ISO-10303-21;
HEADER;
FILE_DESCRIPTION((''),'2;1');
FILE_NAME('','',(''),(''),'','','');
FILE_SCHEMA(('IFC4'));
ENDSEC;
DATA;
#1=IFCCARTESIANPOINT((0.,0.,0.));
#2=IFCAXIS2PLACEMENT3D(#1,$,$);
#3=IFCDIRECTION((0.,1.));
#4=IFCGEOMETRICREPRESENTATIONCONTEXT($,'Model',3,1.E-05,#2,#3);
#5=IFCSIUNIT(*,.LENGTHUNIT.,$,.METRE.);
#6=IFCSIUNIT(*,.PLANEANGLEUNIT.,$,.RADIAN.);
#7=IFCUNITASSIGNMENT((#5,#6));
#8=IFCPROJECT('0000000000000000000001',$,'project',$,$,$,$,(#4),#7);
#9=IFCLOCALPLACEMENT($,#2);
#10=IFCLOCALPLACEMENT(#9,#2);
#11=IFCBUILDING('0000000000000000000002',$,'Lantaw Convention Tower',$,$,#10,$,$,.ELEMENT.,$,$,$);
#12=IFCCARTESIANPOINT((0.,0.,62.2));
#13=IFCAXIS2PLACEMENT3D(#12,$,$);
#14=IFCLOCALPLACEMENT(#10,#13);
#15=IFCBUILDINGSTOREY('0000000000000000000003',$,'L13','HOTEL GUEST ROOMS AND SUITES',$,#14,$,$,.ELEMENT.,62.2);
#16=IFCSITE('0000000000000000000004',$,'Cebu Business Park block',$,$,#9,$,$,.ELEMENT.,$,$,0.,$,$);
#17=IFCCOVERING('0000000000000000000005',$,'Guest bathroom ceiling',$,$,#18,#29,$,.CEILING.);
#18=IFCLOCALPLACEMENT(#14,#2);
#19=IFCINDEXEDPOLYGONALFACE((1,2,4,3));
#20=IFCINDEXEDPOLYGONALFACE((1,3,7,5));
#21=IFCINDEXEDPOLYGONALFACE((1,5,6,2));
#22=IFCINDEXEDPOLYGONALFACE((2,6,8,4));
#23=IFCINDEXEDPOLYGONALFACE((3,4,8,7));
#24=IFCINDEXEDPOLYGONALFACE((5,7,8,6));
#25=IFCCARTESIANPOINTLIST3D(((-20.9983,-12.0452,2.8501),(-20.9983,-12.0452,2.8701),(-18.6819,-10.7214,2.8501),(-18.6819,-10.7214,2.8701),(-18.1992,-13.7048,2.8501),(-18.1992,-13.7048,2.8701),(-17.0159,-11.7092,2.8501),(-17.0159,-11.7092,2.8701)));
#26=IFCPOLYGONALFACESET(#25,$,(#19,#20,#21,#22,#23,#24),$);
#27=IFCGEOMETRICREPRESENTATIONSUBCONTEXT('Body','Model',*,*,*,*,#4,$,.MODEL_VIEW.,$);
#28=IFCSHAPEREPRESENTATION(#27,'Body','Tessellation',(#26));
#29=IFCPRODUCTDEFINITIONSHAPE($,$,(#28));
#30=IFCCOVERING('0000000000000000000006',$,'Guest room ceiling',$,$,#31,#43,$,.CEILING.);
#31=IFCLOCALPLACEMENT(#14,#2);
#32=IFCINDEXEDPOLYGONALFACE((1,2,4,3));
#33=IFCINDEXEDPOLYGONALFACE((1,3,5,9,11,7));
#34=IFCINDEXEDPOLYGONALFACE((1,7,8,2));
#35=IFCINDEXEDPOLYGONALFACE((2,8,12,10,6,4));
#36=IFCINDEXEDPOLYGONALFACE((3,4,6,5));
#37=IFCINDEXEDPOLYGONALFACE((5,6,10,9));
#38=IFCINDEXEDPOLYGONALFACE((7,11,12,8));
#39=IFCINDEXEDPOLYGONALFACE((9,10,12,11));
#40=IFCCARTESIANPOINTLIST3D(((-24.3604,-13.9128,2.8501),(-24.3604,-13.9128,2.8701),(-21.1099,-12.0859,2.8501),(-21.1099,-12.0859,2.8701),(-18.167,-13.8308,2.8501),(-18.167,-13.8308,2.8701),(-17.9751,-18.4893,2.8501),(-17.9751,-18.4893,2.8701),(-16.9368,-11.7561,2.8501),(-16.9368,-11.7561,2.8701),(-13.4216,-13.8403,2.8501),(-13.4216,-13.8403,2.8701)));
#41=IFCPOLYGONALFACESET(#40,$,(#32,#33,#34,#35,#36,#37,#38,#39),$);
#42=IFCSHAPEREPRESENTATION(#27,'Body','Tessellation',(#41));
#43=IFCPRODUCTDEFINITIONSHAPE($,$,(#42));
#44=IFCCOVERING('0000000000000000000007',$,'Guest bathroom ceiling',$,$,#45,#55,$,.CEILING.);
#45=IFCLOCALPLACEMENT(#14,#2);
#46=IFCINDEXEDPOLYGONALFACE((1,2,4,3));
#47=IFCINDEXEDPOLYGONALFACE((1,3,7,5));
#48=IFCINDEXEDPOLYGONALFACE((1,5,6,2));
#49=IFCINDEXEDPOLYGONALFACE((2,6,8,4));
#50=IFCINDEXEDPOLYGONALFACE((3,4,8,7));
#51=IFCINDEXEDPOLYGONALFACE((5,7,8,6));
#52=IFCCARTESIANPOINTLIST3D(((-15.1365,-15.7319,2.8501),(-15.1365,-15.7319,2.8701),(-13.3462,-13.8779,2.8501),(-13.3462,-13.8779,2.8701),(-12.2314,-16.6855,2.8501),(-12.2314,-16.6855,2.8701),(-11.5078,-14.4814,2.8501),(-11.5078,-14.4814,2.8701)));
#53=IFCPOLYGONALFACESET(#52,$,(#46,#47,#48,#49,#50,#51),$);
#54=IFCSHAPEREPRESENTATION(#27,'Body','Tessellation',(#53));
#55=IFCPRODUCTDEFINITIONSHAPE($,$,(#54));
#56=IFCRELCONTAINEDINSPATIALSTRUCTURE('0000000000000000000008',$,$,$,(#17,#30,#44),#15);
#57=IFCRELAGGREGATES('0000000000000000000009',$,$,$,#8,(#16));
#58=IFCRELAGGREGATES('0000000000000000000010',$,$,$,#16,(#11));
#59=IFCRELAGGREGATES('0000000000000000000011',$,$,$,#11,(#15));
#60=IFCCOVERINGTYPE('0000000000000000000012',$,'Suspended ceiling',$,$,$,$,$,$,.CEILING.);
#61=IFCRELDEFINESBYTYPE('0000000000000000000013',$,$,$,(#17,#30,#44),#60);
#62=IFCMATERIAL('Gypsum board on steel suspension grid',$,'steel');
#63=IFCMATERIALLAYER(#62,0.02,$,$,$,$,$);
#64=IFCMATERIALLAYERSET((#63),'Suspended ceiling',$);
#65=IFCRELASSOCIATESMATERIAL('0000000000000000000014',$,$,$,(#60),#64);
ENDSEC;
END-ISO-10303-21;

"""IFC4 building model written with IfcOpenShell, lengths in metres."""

from ifc_helpers import new_model, si_unit, direction, frame, origin, place, context, subcontext, project, spatial, polyline, outline, extrude, material, layer, layer_set, type_object, element, save


model = new_model("IFC4")

# Units and contexts
model_context = context("Model", 3, precision=1e-05, world=origin(), true_north=direction((0.0, 1.0)))
body_context = subcontext(model_context, "Body", "Model", "MODEL_VIEW")
ifc_project = project(units=[si_unit("LENGTHUNIT", "METRE"), si_unit("PLANEANGLEUNIT", "RADIAN")], contexts=[model_context])

# Site, building, storey
site_placement = place(None, origin())
site = spatial("IfcSite", under=ifc_project, at=site_placement, Name="Cebu Business Park block", CompositionType="ELEMENT", RefElevation=0.0)
building_placement = place(site_placement, origin())
building = spatial("IfcBuilding", under=site, at=building_placement, Name="Lantaw Convention Tower", CompositionType="ELEMENT")
storey_placement = place(building_placement, frame((0.0, 0.0, 62.2)))
storey = spatial("IfcBuildingStorey", under=building, at=storey_placement, Name="L13", Description="HOTEL GUEST ROOMS AND SUITES", CompositionType="ELEMENT", Elevation=62.2)

# Coverings
ifc_material_1 = material(Name="Gypsum board on steel suspension grid", Category="steel")
ifc_layer_1 = layer(ifc_material_1, 0.02)
ifc_layer_set_1 = layer_set([ifc_layer_1], Name="Suspended ceiling")
covering_type = type_object("IfcCoveringType", Name="Suspended ceiling", PredefinedType="CEILING", material=ifc_layer_set_1)
covering_1_placement = place(storey_placement, frame((0.0, 0.0, 2.8501)))
element("IfcCovering", 1, at=covering_1_placement, inside=storey, type_object=covering_type, Name="Guest bathroom ceiling", PredefinedType="CEILING", context=body_context, shape_type="SweptSolid", body=[
    extrude(outline(polyline([(-18.6819, -10.7214), (-20.9983, -12.0452), (-18.1992, -13.7048), (-17.0159, -11.7092), (-18.6819, -10.7214)])), origin(), (0.0, 0.0, 1.0), 0.02),
])
covering_2_placement = place(storey_placement, frame((0.0, 0.0, 2.8501)))
element("IfcCovering", 2, at=covering_2_placement, inside=storey, type_object=covering_type, Name="Guest room ceiling", PredefinedType="CEILING", context=body_context, shape_type="SweptSolid", body=[
    extrude(outline(polyline([(-21.1099, -12.0859), (-24.3604, -13.9128), (-17.9751, -18.4893), (-13.4216, -13.8403), (-16.9368, -11.7561), (-18.167, -13.8308), (-21.1099, -12.0859)])), origin(), (0.0, 0.0, 1.0), 0.02),
])
covering_3_placement = place(storey_placement, frame((0.0, 0.0, 2.8501)))
element("IfcCovering", 3, at=covering_3_placement, inside=storey, type_object=covering_type, Name="Guest bathroom ceiling", PredefinedType="CEILING", context=body_context, shape_type="SweptSolid", body=[
    extrude(outline(polyline([(-13.3462, -13.8779), (-15.1365, -15.7319), (-12.2314, -16.6855), (-11.5078, -14.4814), (-13.3462, -13.8779)])), origin(), (0.0, 0.0, 1.0), 0.02),
])

save(model, "model.ifc")
